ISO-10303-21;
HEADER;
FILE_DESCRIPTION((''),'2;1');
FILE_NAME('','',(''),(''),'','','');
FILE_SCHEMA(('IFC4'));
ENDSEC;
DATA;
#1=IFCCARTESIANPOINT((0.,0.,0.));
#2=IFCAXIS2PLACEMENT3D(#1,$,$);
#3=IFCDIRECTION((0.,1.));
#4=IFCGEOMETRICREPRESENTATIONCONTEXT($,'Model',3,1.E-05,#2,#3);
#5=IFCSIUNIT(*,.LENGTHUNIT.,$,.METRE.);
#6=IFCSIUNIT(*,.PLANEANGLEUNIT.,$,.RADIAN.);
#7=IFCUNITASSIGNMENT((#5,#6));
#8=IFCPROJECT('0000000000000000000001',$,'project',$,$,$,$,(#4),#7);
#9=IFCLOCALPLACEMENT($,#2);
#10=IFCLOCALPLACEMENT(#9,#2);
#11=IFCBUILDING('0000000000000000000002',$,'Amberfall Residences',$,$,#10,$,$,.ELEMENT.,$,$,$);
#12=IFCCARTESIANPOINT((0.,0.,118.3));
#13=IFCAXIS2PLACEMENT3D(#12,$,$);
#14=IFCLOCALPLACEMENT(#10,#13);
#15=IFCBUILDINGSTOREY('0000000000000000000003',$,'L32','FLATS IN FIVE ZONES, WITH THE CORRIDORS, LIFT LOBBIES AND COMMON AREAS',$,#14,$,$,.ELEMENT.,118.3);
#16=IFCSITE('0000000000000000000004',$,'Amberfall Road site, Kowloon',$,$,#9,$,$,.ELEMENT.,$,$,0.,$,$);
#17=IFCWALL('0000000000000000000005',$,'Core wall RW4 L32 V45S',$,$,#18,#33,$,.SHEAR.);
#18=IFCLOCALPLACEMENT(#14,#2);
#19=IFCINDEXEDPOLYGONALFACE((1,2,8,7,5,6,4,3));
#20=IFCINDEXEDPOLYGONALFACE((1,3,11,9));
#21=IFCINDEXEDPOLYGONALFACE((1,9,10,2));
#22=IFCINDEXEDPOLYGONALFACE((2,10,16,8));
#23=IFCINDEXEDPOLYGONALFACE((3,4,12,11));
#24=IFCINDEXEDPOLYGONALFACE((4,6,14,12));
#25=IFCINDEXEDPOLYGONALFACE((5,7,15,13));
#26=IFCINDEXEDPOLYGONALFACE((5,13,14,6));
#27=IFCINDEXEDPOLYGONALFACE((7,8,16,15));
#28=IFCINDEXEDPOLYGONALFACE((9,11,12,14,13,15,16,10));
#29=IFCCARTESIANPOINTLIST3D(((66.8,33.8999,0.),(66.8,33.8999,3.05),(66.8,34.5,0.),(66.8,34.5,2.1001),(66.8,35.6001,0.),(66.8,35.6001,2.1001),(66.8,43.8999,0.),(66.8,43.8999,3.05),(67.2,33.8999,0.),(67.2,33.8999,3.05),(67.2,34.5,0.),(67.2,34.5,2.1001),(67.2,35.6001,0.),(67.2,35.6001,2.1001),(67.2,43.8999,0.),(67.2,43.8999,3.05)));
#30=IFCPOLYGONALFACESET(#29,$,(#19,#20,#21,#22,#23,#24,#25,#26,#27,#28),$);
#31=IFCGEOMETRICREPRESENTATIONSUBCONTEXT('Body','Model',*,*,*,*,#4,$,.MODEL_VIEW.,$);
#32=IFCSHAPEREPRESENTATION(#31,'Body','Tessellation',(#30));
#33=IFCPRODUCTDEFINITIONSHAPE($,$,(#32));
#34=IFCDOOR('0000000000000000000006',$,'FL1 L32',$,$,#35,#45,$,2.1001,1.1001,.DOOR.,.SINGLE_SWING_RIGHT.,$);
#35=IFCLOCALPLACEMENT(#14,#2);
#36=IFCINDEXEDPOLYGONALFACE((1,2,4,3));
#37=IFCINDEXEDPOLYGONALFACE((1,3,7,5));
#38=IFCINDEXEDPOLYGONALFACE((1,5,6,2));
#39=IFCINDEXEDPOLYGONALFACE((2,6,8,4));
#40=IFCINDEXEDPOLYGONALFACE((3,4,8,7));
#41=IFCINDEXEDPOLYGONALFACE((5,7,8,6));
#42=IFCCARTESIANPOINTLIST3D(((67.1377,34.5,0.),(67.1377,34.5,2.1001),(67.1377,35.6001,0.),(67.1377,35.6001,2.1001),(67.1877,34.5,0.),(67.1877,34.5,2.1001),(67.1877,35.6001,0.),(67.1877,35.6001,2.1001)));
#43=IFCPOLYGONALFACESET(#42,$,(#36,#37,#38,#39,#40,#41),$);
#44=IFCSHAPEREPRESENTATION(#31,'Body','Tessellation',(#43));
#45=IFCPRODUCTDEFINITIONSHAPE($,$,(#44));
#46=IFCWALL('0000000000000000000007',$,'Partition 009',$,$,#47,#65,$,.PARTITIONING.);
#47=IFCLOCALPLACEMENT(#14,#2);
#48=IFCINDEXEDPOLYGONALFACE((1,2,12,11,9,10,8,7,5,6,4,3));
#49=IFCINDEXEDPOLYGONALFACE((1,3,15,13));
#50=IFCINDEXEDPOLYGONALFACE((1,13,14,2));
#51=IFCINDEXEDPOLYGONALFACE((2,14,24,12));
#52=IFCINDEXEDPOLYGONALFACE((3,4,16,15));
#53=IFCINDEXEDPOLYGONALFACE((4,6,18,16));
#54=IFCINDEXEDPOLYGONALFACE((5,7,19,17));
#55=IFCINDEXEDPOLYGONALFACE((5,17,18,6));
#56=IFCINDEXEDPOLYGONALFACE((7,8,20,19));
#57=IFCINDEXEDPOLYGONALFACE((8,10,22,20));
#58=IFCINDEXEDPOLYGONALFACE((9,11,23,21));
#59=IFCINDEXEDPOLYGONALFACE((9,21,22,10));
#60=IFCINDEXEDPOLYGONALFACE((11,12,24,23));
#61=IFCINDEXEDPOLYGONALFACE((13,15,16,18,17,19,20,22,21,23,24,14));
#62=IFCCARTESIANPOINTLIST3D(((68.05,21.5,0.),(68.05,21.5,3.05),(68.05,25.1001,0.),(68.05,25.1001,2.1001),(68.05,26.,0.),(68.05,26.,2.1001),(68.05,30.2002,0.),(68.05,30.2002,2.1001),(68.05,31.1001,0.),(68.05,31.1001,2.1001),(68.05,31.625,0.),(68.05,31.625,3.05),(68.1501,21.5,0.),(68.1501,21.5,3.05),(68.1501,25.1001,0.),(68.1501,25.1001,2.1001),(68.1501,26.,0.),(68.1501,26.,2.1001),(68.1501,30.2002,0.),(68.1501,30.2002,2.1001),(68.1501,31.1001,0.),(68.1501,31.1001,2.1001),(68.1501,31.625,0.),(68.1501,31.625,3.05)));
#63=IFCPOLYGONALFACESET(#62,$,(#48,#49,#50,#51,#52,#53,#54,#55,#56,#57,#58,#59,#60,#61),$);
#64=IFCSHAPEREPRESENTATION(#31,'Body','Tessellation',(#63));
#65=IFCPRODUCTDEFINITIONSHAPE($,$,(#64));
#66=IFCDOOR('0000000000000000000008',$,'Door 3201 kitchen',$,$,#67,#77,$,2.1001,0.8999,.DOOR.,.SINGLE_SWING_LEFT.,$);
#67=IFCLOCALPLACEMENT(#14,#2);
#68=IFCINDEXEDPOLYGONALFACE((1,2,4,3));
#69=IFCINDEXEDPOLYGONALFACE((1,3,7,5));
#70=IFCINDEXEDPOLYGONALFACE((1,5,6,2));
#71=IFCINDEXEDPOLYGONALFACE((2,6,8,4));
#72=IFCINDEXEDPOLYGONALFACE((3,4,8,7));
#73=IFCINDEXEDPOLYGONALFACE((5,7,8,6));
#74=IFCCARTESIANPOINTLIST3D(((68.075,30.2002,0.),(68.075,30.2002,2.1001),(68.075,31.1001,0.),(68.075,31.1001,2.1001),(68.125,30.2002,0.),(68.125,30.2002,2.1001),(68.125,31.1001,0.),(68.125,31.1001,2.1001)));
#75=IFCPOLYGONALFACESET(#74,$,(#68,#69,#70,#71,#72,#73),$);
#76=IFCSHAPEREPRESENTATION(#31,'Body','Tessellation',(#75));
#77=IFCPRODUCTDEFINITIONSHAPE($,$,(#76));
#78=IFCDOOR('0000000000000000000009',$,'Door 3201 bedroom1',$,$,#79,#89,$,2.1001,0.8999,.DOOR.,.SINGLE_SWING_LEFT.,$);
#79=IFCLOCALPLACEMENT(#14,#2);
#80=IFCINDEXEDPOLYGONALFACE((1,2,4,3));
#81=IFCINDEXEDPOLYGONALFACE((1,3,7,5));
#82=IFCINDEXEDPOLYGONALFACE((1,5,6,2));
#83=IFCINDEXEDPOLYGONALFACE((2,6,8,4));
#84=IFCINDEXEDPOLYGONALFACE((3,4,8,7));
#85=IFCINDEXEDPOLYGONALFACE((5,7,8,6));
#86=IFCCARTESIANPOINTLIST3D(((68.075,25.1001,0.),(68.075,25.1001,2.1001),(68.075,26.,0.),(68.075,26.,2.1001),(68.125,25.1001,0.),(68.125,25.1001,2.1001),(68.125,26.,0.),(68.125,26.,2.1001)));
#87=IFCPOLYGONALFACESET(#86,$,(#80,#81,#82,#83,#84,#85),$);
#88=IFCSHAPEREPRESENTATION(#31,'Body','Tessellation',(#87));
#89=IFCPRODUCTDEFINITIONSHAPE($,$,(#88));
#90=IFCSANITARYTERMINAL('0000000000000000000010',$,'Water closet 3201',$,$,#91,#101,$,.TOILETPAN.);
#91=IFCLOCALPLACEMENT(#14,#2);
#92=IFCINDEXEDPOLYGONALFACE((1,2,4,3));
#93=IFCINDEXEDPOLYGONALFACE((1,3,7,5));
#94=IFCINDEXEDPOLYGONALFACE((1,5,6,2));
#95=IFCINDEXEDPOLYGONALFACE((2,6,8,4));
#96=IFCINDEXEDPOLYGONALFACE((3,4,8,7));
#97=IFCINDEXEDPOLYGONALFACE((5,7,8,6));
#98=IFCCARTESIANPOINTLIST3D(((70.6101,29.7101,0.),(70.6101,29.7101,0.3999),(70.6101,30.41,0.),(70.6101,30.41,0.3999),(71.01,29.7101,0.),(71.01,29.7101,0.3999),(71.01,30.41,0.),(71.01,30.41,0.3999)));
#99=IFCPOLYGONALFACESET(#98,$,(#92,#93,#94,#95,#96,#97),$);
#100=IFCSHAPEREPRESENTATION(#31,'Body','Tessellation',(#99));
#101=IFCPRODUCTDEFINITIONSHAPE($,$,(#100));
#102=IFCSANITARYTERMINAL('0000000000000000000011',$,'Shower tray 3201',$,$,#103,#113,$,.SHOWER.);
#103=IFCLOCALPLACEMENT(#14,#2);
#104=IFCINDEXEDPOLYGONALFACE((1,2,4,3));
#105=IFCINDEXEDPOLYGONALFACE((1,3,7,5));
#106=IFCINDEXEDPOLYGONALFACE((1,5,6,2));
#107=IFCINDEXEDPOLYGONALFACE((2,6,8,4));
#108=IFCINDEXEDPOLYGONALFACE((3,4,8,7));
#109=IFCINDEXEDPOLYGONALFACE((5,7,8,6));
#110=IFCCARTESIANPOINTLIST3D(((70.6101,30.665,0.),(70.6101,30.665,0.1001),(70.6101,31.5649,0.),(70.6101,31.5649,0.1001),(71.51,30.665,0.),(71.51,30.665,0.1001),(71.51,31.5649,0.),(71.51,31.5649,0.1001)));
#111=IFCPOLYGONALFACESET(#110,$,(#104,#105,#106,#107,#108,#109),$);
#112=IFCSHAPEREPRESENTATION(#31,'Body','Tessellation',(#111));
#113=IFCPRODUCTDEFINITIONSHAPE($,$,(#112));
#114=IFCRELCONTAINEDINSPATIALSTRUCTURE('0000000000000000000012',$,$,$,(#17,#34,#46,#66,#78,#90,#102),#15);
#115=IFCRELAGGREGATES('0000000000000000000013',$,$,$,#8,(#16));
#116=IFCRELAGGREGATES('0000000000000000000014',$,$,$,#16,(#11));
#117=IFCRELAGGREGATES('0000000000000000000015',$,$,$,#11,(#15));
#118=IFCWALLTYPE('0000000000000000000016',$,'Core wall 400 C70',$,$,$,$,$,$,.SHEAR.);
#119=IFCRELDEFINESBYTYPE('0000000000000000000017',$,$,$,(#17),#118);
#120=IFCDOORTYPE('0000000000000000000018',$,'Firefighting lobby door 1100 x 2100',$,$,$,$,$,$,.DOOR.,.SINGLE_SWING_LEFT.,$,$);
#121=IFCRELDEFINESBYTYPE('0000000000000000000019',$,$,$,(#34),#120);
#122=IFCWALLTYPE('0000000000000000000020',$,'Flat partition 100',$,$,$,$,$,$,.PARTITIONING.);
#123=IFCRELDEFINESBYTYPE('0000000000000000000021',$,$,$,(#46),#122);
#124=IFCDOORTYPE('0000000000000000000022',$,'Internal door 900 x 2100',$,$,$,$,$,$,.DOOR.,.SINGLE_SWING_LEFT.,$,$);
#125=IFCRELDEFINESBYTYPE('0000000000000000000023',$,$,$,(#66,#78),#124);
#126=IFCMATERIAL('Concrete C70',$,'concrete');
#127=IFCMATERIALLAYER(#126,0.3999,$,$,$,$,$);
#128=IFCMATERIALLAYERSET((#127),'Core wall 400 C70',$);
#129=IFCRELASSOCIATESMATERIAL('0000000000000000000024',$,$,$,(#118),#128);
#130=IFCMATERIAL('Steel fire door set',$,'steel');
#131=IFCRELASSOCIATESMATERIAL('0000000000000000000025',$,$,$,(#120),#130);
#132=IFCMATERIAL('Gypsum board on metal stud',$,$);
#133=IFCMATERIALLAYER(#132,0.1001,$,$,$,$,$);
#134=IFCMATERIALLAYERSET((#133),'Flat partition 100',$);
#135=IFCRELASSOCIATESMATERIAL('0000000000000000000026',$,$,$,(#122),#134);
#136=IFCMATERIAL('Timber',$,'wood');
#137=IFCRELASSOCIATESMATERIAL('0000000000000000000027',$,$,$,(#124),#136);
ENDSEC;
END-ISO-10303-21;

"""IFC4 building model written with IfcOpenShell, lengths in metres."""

from ifc_helpers import new_model, si_unit, direction, frame, frame_2d, origin, origin_2d, place, context, subcontext, project, spatial, rectangle, extrude, material, layer, layer_set, type_object, element, fill, save


model = new_model("IFC4")

# Units and contexts
model_context = context("Model", 3, precision=1e-05, world=origin(), true_north=direction((0.0, 1.0)))
body_context = subcontext(model_context, "Body", "Model", "MODEL_VIEW")
ifc_project = project(units=[si_unit("LENGTHUNIT", "METRE"), si_unit("PLANEANGLEUNIT", "RADIAN")], contexts=[model_context])

# Site, building, storey
site_placement = place(None, origin())
site = spatial("IfcSite", under=ifc_project, at=site_placement, Name="Amberfall Road site, Kowloon", CompositionType="ELEMENT", RefElevation=0.0)
building_placement = place(site_placement, origin())
building = spatial("IfcBuilding", under=site, at=building_placement, Name="Amberfall Residences", CompositionType="ELEMENT")
storey_placement = place(building_placement, frame((0.0, 0.0, 118.3)))
storey = spatial("IfcBuildingStorey", under=building, at=storey_placement, Name="L32", Description="FLATS IN FIVE ZONES, WITH THE CORRIDORS, LIFT LOBBIES AND COMMON AREAS", CompositionType="ELEMENT", Elevation=118.3)

# Wall, opening, door
ifc_material_1 = material(Name="Concrete C70", Category="concrete")
ifc_layer_1 = layer(ifc_material_1, 0.3999)
ifc_layer_set_1 = layer_set([ifc_layer_1], Name="Core wall 400 C70")
wall_type_1 = type_object("IfcWallType", Name="Core wall 400 C70", PredefinedType="SHEAR", material=ifc_layer_set_1)
wall_1_placement = place(storey_placement, frame((67.0, 33.8999, 0.0), z_axis=(0.0, 0.0, 1.0), x_axis=(0.0, 1.0, 0.0)))
wall_1 = element("IfcWall", 1, at=wall_1_placement, inside=storey, type_object=wall_type_1, Name="Core wall RW4 L32 V45S", PredefinedType="SHEAR", context=body_context, shape_type="SweptSolid", body=[
    extrude(rectangle(XDim=10.0, YDim=0.3999, at=frame_2d((5.0, 0.0))), origin(), (0.0, 0.0, 1.0), 3.05),
])
opening_1_placement = place(wall_1_placement, frame((0.6001, 0.0, 0.0)))
opening_1 = element("IfcOpeningElement", 2, at=opening_1_placement, cuts=wall_1, PredefinedType="OPENING", context=body_context, shape_type="SweptSolid", body=[
    extrude(rectangle(XDim=1.1001, YDim=2.1001, at=frame_2d((0.55, 1.05))), frame((0.0, 0.21, 0.0), z_axis=(0.0, -1.0, 0.0), x_axis=(1.0, 0.0, 0.0)), (0.0, 0.0, 1.0), 0.4199),
])
ifc_material_2 = material(Name="Steel fire door set", Category="steel")
door_type_1 = type_object("IfcDoorType", Name="Firefighting lobby door 1100 x 2100", OperationType="SINGLE_SWING_LEFT", PredefinedType="DOOR", material=ifc_material_2)
door_1_placement = place(opening_1_placement, origin())
door_1 = element("IfcDoor", 3, at=door_1_placement, inside=storey, type_object=door_type_1, Name="FL1 L32", OperationType="SINGLE_SWING_RIGHT", OverallHeight=2.1001, OverallWidth=1.1001, PredefinedType="DOOR", context=body_context, shape_type="SweptSolid", body=[
    extrude(rectangle(XDim=1.1001, YDim=2.1001, at=frame_2d((0.55, 1.05))), frame((0.0, -0.1377, 0.0), z_axis=(0.0, -1.0, 0.0), x_axis=(1.0, 0.0, 0.0)), (0.0, 0.0, 1.0), 0.05),
])
fill(opening_1, door_1)

# Wall, openings, doors
ifc_material_3 = material(Name="Gypsum board on metal stud")
ifc_layer_2 = layer(ifc_material_3, 0.1001)
ifc_layer_set_2 = layer_set([ifc_layer_2], Name="Flat partition 100")
wall_type_2 = type_object("IfcWallType", Name="Flat partition 100", PredefinedType="PARTITIONING", material=ifc_layer_set_2)
wall_2_placement = place(storey_placement, frame((68.1001, 31.625, 0.0), z_axis=(0.0, 0.0, 1.0), x_axis=(0.0, -1.0, 0.0)))
wall_2 = element("IfcWall", 4, at=wall_2_placement, inside=storey, type_object=wall_type_2, Name="Partition 009", PredefinedType="PARTITIONING", context=body_context, shape_type="SweptSolid", body=[
    extrude(rectangle(XDim=10.125, YDim=0.1001, at=frame_2d((5.0625, 0.0))), origin(), (0.0, 0.0, 1.0), 3.05),
])
opening_2_placement = place(wall_2_placement, frame((0.5249, 0.0, 0.0)))
opening_2 = element("IfcOpeningElement", 5, at=opening_2_placement, cuts=wall_2, PredefinedType="OPENING", context=body_context, shape_type="SweptSolid", body=[
    extrude(rectangle(XDim=0.8999, YDim=2.1001, at=frame_2d((0.45, 1.05))), frame((0.0, 0.0601, 0.0), z_axis=(0.0, -1.0, 0.0), x_axis=(1.0, 0.0, 0.0)), (0.0, 0.0, 1.0), 0.1201),
])
opening_3_placement = place(wall_2_placement, frame((5.625, 0.0, 0.0)))
opening_3 = element("IfcOpeningElement", 6, at=opening_3_placement, cuts=wall_2, PredefinedType="OPENING", context=body_context, shape_type="SweptSolid", body=[
    extrude(rectangle(XDim=0.8999, YDim=2.1001, at=frame_2d((0.45, 1.05))), frame((0.0, 0.0601, 0.0), z_axis=(0.0, -1.0, 0.0), x_axis=(1.0, 0.0, 0.0)), (0.0, 0.0, 1.0), 0.1201),
])
ifc_material_4 = material(Name="Timber", Category="wood")
door_type_2 = type_object("IfcDoorType", Name="Internal door 900 x 2100", OperationType="SINGLE_SWING_LEFT", PredefinedType="DOOR", material=ifc_material_4)
door_2_placement = place(opening_2_placement, origin())
door_2 = element("IfcDoor", 7, at=door_2_placement, inside=storey, type_object=door_type_2, Name="Door 3201 kitchen", OperationType="SINGLE_SWING_LEFT", OverallHeight=2.1001, OverallWidth=0.8999, PredefinedType="DOOR", context=body_context, shape_type="SweptSolid", body=[
    extrude(rectangle(XDim=0.8999, YDim=2.1001, at=frame_2d((0.45, 1.05))), frame((0.0, 0.0249, 0.0), z_axis=(0.0, -1.0, 0.0), x_axis=(1.0, 0.0, 0.0)), (0.0, 0.0, 1.0), 0.05),
])
fill(opening_2, door_2)
door_3_placement = place(opening_3_placement, origin())
door_3 = element("IfcDoor", 8, at=door_3_placement, inside=storey, type_object=door_type_2, Name="Door 3201 bedroom1", OperationType="SINGLE_SWING_LEFT", OverallHeight=2.1001, OverallWidth=0.8999, PredefinedType="DOOR", context=body_context, shape_type="SweptSolid", body=[
    extrude(rectangle(XDim=0.8999, YDim=2.1001, at=frame_2d((0.45, 1.05))), frame((0.0, 0.0249, 0.0), z_axis=(0.0, -1.0, 0.0), x_axis=(1.0, 0.0, 0.0)), (0.0, 0.0, 1.0), 0.05),
])
fill(opening_3, door_3)

# Sanitary terminals
sanitary_terminal_1_placement = place(storey_placement, frame((70.8101, 30.0601, 0.0), z_axis=(0.0, 0.0, 1.0), x_axis=(1.0, 0.0, 0.0)))
element("IfcSanitaryTerminal", 9, at=sanitary_terminal_1_placement, inside=storey, Name="Water closet 3201", PredefinedType="TOILETPAN", context=body_context, shape_type="SweptSolid", body=[
    extrude(rectangle(XDim=0.3999, YDim=0.7, at=origin_2d()), origin(), (0.0, 0.0, 1.0), 0.3999),
])
sanitary_terminal_2_placement = place(storey_placement, frame((71.0601, 31.115, 0.0), z_axis=(0.0, 0.0, 1.0), x_axis=(1.0, 0.0, 0.0)))
element("IfcSanitaryTerminal", 10, at=sanitary_terminal_2_placement, inside=storey, Name="Shower tray 3201", PredefinedType="SHOWER", context=body_context, shape_type="SweptSolid", body=[
    extrude(rectangle(XDim=0.8999, YDim=0.8999, at=origin_2d()), origin(), (0.0, 0.0, 1.0), 0.1001),
])

save(model, "model.ifc")
